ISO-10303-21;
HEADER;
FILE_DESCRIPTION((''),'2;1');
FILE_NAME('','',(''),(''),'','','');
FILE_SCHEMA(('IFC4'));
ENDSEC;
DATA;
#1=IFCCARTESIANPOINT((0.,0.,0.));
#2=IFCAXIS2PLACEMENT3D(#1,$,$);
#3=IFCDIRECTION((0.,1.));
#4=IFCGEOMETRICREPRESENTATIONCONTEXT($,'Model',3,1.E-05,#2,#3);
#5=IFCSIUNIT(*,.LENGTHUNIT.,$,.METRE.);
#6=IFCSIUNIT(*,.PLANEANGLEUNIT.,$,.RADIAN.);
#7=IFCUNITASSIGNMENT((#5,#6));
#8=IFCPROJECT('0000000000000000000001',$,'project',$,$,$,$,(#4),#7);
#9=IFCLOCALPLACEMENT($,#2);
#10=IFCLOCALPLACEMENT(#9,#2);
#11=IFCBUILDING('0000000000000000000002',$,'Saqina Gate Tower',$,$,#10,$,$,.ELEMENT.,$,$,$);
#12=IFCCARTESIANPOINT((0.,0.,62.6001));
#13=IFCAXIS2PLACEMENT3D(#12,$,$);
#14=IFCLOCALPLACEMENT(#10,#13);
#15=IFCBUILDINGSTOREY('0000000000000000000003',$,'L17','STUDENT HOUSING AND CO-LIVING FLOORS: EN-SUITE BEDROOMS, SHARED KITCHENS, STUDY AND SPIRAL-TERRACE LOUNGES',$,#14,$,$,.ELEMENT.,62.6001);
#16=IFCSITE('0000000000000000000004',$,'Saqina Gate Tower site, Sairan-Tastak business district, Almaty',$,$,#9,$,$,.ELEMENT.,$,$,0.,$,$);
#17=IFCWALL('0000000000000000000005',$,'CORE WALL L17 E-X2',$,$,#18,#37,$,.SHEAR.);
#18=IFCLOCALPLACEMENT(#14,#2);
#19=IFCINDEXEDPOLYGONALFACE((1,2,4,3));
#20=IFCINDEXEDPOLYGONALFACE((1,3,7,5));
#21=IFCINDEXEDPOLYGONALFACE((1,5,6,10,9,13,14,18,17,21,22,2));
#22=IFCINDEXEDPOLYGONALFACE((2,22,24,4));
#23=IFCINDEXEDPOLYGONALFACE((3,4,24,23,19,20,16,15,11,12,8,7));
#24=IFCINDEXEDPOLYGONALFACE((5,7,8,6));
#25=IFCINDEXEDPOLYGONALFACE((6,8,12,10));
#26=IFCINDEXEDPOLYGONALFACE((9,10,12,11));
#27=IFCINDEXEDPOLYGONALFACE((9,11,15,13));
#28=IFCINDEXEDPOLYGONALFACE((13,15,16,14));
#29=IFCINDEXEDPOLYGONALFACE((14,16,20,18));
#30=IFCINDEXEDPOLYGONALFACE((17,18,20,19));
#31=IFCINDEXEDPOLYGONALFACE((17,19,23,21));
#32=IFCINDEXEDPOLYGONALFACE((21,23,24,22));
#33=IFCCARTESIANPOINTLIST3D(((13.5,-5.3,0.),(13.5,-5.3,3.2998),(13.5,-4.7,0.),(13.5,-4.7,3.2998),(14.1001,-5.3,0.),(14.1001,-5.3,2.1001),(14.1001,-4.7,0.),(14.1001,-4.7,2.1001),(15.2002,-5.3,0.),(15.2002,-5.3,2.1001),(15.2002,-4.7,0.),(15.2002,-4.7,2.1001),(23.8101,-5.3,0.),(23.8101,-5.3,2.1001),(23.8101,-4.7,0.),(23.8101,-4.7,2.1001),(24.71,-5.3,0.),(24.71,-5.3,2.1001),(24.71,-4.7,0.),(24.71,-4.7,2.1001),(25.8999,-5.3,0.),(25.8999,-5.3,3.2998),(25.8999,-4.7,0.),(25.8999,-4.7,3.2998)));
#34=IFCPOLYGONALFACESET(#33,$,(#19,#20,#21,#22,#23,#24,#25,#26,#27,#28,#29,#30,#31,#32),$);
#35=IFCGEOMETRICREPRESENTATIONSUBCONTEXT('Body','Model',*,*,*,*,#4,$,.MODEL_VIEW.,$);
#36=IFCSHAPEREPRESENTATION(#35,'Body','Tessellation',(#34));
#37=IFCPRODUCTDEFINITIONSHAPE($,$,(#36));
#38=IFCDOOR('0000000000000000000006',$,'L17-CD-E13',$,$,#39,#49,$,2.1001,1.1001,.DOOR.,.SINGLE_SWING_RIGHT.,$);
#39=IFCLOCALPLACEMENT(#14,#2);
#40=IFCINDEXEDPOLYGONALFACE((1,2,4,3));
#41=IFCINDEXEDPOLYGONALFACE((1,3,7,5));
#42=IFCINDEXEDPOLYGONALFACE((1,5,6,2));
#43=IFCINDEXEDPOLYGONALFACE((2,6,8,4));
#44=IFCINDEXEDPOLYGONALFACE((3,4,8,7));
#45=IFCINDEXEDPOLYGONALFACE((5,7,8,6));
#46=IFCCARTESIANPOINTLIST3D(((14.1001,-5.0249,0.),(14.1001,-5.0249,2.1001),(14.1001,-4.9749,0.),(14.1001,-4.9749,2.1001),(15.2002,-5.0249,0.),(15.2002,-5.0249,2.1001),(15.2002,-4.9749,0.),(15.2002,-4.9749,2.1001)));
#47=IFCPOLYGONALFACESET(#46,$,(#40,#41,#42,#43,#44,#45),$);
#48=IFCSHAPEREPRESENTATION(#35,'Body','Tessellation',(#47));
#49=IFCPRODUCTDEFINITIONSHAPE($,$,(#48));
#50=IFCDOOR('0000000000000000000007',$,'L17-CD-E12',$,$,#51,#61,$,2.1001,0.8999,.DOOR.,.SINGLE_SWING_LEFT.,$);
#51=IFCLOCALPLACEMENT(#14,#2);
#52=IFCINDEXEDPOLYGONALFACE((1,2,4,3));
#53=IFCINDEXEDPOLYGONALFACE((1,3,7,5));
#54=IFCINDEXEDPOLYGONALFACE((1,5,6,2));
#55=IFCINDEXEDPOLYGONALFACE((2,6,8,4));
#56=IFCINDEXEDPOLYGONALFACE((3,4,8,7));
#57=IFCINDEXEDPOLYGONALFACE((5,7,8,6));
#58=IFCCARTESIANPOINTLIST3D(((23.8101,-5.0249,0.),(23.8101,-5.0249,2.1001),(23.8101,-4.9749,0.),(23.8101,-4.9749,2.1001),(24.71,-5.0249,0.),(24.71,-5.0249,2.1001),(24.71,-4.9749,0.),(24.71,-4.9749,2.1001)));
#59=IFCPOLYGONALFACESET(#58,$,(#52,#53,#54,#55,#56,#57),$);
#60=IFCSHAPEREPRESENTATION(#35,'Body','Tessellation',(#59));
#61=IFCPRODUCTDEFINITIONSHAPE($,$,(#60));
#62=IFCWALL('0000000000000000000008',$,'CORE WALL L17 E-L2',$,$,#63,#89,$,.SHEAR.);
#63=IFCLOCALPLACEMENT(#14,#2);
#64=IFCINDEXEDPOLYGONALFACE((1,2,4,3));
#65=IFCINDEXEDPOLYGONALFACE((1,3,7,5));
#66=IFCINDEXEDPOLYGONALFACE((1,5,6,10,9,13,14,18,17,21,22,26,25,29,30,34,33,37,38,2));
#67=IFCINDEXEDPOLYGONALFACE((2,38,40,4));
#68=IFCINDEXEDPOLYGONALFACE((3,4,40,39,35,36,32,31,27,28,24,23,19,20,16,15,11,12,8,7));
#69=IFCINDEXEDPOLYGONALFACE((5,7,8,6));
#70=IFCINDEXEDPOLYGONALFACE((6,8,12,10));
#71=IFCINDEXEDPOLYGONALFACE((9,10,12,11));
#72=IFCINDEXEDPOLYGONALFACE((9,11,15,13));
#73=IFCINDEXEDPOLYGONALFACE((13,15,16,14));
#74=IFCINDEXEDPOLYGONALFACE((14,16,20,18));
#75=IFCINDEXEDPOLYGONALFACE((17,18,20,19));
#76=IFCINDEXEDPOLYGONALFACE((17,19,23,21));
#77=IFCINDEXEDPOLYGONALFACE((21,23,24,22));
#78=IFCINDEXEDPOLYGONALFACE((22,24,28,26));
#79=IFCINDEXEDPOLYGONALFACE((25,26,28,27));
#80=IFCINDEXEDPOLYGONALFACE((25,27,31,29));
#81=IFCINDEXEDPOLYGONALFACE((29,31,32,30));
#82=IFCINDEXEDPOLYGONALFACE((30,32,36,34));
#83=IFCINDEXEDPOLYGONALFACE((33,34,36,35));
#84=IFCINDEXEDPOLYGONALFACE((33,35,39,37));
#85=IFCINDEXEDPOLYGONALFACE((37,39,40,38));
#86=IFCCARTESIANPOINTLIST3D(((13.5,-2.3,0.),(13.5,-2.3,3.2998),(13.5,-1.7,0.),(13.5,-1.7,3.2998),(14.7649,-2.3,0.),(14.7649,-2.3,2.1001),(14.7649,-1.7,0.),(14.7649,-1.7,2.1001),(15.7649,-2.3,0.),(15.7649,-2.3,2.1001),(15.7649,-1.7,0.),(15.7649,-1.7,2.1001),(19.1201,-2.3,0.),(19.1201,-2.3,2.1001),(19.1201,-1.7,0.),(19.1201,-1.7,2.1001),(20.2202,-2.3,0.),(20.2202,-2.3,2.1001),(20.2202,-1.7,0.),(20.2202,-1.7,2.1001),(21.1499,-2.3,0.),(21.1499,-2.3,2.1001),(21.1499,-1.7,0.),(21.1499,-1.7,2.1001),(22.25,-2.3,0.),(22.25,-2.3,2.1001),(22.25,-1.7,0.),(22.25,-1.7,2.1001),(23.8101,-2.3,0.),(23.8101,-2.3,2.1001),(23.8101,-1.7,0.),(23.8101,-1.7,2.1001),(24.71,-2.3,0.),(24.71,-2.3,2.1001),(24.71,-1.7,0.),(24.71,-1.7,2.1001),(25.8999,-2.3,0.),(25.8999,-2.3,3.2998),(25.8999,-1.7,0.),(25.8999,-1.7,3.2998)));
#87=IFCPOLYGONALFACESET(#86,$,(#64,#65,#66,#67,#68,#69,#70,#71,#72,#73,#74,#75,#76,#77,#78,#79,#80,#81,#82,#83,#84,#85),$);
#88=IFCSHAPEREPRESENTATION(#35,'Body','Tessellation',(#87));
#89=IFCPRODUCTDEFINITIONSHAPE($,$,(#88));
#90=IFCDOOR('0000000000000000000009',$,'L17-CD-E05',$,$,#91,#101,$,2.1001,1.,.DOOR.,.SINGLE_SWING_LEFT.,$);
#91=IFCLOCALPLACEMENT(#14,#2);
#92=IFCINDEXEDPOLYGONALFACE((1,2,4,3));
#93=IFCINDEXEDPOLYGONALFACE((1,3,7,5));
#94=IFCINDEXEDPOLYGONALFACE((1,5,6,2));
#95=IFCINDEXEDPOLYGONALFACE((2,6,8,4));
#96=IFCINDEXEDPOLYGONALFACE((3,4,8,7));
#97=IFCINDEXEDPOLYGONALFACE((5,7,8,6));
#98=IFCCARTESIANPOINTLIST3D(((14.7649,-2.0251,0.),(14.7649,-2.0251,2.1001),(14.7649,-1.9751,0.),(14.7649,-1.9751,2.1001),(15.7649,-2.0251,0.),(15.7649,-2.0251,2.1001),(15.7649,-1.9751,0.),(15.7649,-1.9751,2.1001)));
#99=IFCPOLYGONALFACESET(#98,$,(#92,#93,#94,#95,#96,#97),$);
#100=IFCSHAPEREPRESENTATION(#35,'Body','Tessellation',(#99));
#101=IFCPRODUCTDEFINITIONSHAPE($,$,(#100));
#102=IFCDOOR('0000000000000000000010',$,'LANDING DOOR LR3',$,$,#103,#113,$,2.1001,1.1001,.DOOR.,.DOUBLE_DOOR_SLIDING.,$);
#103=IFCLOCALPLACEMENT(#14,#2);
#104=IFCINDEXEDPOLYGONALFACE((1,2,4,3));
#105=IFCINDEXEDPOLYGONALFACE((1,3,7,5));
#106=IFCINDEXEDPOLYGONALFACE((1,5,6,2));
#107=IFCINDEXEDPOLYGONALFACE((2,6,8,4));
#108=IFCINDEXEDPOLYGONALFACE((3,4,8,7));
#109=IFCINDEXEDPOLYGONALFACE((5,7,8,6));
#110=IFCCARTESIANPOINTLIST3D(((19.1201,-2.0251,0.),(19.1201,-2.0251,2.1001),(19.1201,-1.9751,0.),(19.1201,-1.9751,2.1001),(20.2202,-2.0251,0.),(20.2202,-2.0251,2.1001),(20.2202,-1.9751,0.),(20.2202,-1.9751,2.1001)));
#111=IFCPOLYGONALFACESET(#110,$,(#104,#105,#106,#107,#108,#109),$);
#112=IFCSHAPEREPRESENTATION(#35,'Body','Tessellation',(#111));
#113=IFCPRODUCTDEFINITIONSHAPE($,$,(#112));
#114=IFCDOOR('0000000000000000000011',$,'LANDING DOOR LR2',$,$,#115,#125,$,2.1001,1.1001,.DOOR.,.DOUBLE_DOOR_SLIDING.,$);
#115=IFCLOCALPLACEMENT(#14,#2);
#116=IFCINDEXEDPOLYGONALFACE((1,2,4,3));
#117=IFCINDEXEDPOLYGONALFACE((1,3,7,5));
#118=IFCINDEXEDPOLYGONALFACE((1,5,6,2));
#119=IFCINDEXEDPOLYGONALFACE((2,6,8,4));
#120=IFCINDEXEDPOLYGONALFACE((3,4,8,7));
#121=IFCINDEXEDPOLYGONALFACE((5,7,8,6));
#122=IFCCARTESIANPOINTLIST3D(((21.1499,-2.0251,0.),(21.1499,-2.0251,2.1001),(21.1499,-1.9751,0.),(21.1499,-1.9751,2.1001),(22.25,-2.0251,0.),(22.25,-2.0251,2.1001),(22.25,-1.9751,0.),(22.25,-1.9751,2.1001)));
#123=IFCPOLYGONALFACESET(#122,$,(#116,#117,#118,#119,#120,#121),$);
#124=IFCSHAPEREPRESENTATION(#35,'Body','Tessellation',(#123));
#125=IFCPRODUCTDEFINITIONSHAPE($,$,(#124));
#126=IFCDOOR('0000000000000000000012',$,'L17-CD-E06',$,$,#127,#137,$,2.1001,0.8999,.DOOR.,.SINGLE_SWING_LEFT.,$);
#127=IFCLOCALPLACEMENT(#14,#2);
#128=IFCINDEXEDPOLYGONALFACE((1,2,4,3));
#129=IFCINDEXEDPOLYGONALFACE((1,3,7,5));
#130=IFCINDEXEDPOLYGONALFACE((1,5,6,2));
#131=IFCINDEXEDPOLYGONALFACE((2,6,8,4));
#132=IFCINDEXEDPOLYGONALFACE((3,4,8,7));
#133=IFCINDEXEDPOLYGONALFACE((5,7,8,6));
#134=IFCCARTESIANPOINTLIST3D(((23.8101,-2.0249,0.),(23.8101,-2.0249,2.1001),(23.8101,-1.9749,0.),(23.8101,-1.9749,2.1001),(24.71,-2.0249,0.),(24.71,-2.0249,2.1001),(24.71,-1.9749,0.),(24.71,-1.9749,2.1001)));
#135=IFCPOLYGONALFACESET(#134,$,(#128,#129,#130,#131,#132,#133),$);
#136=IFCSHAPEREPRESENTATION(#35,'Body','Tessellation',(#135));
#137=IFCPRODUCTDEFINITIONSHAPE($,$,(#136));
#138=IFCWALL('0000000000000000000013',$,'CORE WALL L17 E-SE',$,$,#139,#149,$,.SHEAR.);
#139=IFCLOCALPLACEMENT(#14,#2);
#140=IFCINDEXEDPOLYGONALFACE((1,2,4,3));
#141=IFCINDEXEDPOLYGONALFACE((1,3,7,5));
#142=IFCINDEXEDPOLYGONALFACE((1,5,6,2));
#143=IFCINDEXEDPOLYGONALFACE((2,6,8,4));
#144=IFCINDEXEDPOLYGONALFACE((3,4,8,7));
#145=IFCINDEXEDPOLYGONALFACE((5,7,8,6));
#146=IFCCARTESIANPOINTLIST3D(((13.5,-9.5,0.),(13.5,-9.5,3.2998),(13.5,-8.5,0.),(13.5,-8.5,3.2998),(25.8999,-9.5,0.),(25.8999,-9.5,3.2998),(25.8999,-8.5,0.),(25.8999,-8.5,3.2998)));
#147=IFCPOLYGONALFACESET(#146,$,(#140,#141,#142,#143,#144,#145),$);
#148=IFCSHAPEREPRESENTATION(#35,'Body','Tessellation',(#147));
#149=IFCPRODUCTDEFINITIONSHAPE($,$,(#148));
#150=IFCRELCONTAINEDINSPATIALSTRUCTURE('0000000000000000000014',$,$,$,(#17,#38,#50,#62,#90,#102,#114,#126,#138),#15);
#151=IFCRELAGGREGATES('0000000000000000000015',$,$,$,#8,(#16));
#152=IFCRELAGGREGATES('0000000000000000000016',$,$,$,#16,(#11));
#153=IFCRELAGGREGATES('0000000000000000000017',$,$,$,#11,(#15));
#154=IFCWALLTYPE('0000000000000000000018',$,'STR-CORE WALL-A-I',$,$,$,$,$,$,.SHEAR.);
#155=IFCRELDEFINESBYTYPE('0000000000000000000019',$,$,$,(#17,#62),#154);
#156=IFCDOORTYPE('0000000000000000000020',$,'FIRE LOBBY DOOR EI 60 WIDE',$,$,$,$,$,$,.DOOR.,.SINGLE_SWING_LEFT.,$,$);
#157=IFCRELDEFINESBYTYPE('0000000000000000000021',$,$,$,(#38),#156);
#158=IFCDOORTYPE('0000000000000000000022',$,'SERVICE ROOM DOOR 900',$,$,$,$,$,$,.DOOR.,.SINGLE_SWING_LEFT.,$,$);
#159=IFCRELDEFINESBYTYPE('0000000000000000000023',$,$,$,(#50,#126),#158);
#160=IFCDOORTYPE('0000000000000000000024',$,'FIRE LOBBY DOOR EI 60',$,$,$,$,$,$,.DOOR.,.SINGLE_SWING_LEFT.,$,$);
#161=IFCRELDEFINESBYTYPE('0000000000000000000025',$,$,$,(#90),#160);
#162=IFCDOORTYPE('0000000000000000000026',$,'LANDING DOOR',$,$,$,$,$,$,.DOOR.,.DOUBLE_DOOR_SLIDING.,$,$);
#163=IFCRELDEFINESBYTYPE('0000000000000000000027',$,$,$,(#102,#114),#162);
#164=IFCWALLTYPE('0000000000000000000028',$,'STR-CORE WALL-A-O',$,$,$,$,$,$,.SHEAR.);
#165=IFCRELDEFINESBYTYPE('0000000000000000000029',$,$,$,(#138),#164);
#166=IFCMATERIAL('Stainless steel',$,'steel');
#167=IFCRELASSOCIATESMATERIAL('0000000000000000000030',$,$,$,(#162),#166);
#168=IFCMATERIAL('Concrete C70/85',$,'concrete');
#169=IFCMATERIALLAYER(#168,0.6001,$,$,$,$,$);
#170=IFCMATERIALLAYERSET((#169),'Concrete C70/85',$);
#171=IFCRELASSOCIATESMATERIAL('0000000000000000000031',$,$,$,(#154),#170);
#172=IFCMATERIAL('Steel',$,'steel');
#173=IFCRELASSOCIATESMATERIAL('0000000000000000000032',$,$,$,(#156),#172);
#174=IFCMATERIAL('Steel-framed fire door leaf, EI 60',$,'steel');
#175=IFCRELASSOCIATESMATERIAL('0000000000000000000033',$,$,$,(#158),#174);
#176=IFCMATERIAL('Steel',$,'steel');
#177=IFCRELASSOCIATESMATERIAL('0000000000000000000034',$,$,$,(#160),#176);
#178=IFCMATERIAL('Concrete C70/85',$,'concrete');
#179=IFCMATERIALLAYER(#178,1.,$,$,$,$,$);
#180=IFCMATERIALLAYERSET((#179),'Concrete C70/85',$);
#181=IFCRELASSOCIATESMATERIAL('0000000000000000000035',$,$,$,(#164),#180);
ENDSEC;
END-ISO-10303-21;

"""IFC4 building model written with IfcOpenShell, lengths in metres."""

from ifc_helpers import new_model, si_unit, direction, frame, frame_2d, origin, place, context, subcontext, project, spatial, rectangle, extrude, material, layer, layer_set, type_object, element, fill, save


model = new_model("IFC4")

# Units and contexts
model_context = context("Model", 3, precision=1e-05, world=origin(), true_north=direction((0.0, 1.0)))
body_context = subcontext(model_context, "Body", "Model", "MODEL_VIEW")
ifc_project = project(units=[si_unit("LENGTHUNIT", "METRE"), si_unit("PLANEANGLEUNIT", "RADIAN")], contexts=[model_context])

# Site, building, storey
site_placement = place(None, origin())
site = spatial("IfcSite", under=ifc_project, at=site_placement, Name="Saqina Gate Tower site, Sairan-Tastak business district, Almaty", CompositionType="ELEMENT", RefElevation=0.0)
building_placement = place(site_placement, origin())
building = spatial("IfcBuilding", under=site, at=building_placement, Name="Saqina Gate Tower", CompositionType="ELEMENT")
storey_placement = place(building_placement, frame((0.0, 0.0, 62.6001)))
storey = spatial("IfcBuildingStorey", under=building, at=storey_placement, Name="L17", Description="STUDENT HOUSING AND CO-LIVING FLOORS: EN-SUITE BEDROOMS, SHARED KITCHENS, STUDY AND SPIRAL-TERRACE LOUNGES", CompositionType="ELEMENT", Elevation=62.6001)

# Shared definitions
ifc_material_1 = material(Name="Stainless steel", Category="steel")
door_type_1 = type_object("IfcDoorType", Name="LANDING DOOR", OperationType="DOUBLE_DOOR_SLIDING", PredefinedType="DOOR", material=ifc_material_1)

# Walls, openings, doors
ifc_material_2 = material(Name="Concrete C70/85", Category="concrete")
ifc_layer_1 = layer(ifc_material_2, 0.6001)
ifc_layer_set_1 = layer_set([ifc_layer_1], Name="Concrete C70/85")
wall_type_1 = type_object("IfcWallType", Name="STR-CORE WALL-A-I", PredefinedType="SHEAR", material=ifc_layer_set_1)
wall_1_placement = place(storey_placement, frame((13.5, -5.0, 0.0), z_axis=(0.0, 0.0, 1.0), x_axis=(1.0, 0.0, 0.0)))
wall_1 = element("IfcWall", 1, at=wall_1_placement, inside=storey, type_object=wall_type_1, Name="CORE WALL L17 E-X2", PredefinedType="SHEAR", context=body_context, shape_type="SweptSolid", body=[
    extrude(rectangle(XDim=12.3999, YDim=0.6001, at=frame_2d((6.2, 0.0))), origin(), (0.0, 0.0, 1.0), 3.2998),
])
opening_1_placement = place(wall_1_placement, frame((10.3101, 0.0, 0.0)))
opening_1 = element("IfcOpeningElement", 2, at=opening_1_placement, cuts=wall_1, PredefinedType="OPENING", context=body_context, shape_type="SweptSolid", body=[
    extrude(rectangle(XDim=0.8999, YDim=2.1001, at=frame_2d((0.45, 1.05))), frame((0.0, 0.312, 0.0), z_axis=(0.0, -1.0, 0.0), x_axis=(1.0, 0.0, 0.0)), (0.0, 0.0, 1.0), 0.624),
])
opening_2_placement = place(wall_1_placement, frame((0.6001, 0.0, 0.0)))
opening_2 = element("IfcOpeningElement", 3, at=opening_2_placement, cuts=wall_1, PredefinedType="OPENING", context=body_context, shape_type="SweptSolid", body=[
    extrude(rectangle(XDim=1.1001, YDim=2.1001, at=frame_2d((0.55, 1.05))), frame((0.0, 0.312, 0.0), z_axis=(0.0, -1.0, 0.0), x_axis=(1.0, 0.0, 0.0)), (0.0, 0.0, 1.0), 0.624),
])
ifc_material_3 = material(Name="Steel", Category="steel")
door_type_2 = type_object("IfcDoorType", Name="FIRE LOBBY DOOR EI 60 WIDE", OperationType="SINGLE_SWING_LEFT", PredefinedType="DOOR", material=ifc_material_3)
door_1_placement = place(opening_2_placement, frame((1.1001, 0.0, 0.0), z_axis=(0.0, 0.0, 1.0), x_axis=(-1.0, 0.0, 0.0)))
door_1 = element("IfcDoor", 4, at=door_1_placement, inside=storey, type_object=door_type_2, Name="L17-CD-E13", OperationType="SINGLE_SWING_RIGHT", OverallHeight=2.1001, OverallWidth=1.1001, PredefinedType="DOOR", context=body_context, shape_type="SweptSolid", body=[
    extrude(rectangle(XDim=1.1001, YDim=2.1001, at=frame_2d((0.55, 1.05))), frame((0.0, 0.0249, 0.0), z_axis=(0.0, -1.0, 0.0), x_axis=(1.0, 0.0, 0.0)), (0.0, 0.0, 1.0), 0.05),
])
fill(opening_2, door_1)
ifc_material_4 = material(Name="Steel-framed fire door leaf, EI 60", Category="steel")
door_type_3 = type_object("IfcDoorType", Name="SERVICE ROOM DOOR 900", OperationType="SINGLE_SWING_LEFT", PredefinedType="DOOR", material=ifc_material_4)
door_2_placement = place(opening_1_placement, frame((0.8999, 0.0, 0.0), z_axis=(0.0, 0.0, 1.0), x_axis=(-1.0, 0.0, 0.0)))
door_2 = element("IfcDoor", 5, at=door_2_placement, inside=storey, type_object=door_type_3, Name="L17-CD-E12", OperationType="SINGLE_SWING_LEFT", OverallHeight=2.1001, OverallWidth=0.8999, PredefinedType="DOOR", context=body_context, shape_type="SweptSolid", body=[
    extrude(rectangle(XDim=0.8999, YDim=2.1001, at=frame_2d((0.45, 1.05))), frame((0.0, 0.0249, 0.0), z_axis=(0.0, -1.0, 0.0), x_axis=(1.0, 0.0, 0.0)), (0.0, 0.0, 1.0), 0.05),
])
fill(opening_1, door_2)
wall_2_placement = place(storey_placement, frame((13.5, -2.0, 0.0), z_axis=(0.0, 0.0, 1.0), x_axis=(1.0, 0.0, 0.0)))
wall_2 = element("IfcWall", 6, at=wall_2_placement, inside=storey, type_object=wall_type_1, Name="CORE WALL L17 E-L2", PredefinedType="SHEAR", context=body_context, shape_type="SweptSolid", body=[
    extrude(rectangle(XDim=12.3999, YDim=0.6001, at=frame_2d((6.2, 0.0))), origin(), (0.0, 0.0, 1.0), 3.2998),
])
opening_3_placement = place(wall_2_placement, frame((5.6201, 0.0, 0.0)))
opening_3 = element("IfcOpeningElement", 7, at=opening_3_placement, cuts=wall_2, PredefinedType="OPENING", context=body_context, shape_type="SweptSolid", body=[
    extrude(rectangle(XDim=1.1001, YDim=2.1001, at=frame_2d((0.55, 1.05))), frame((0.0, 0.312, 0.0), z_axis=(0.0, -1.0, 0.0), x_axis=(1.0, 0.0, 0.0)), (0.0, 0.0, 1.0), 0.624),
])
opening_4_placement = place(wall_2_placement, frame((7.6499, 0.0, 0.0)))
opening_4 = element("IfcOpeningElement", 8, at=opening_4_placement, cuts=wall_2, PredefinedType="OPENING", context=body_context, shape_type="SweptSolid", body=[
    extrude(rectangle(XDim=1.1001, YDim=2.1001, at=frame_2d((0.55, 1.05))), frame((0.0, 0.312, 0.0), z_axis=(0.0, -1.0, 0.0), x_axis=(1.0, 0.0, 0.0)), (0.0, 0.0, 1.0), 0.624),
])
opening_5_placement = place(wall_2_placement, frame((1.2649, 0.0, 0.0)))
opening_5 = element("IfcOpeningElement", 9, at=opening_5_placement, cuts=wall_2, PredefinedType="OPENING", context=body_context, shape_type="SweptSolid", body=[
    extrude(rectangle(XDim=1.0, YDim=2.1001, at=frame_2d((0.5, 1.05))), frame((0.0, 0.312, 0.0), z_axis=(0.0, -1.0, 0.0), x_axis=(1.0, 0.0, 0.0)), (0.0, 0.0, 1.0), 0.624),
])
opening_6_placement = place(wall_2_placement, frame((10.3101, 0.0, 0.0)))
opening_6 = element("IfcOpeningElement", 10, at=opening_6_placement, cuts=wall_2, PredefinedType="OPENING", context=body_context, shape_type="SweptSolid", body=[
    extrude(rectangle(XDim=0.8999, YDim=2.1001, at=frame_2d((0.45, 1.05))), frame((0.0, 0.312, 0.0), z_axis=(0.0, -1.0, 0.0), x_axis=(1.0, 0.0, 0.0)), (0.0, 0.0, 1.0), 0.624),
])
ifc_material_5 = material(Name="Steel", Category="steel")
door_type_4 = type_object("IfcDoorType", Name="FIRE LOBBY DOOR EI 60", OperationType="SINGLE_SWING_LEFT", PredefinedType="DOOR", material=ifc_material_5)
door_3_placement = place(opening_5_placement, origin())
door_3 = element("IfcDoor", 11, at=door_3_placement, inside=storey, type_object=door_type_4, Name="L17-CD-E05", OperationType="SINGLE_SWING_LEFT", OverallHeight=2.1001, OverallWidth=1.0, PredefinedType="DOOR", context=body_context, shape_type="SweptSolid", body=[
    extrude(rectangle(XDim=1.0, YDim=2.1001, at=frame_2d((0.5, 1.05))), frame((0.0, 0.0249, 0.0), z_axis=(0.0, -1.0, 0.0), x_axis=(1.0, 0.0, 0.0)), (0.0, 0.0, 1.0), 0.05),
])
fill(opening_5, door_3)
door_4_placement = place(opening_3_placement, origin())
door_4 = element("IfcDoor", 12, at=door_4_placement, inside=storey, type_object=door_type_1, Name="LANDING DOOR LR3", OperationType="DOUBLE_DOOR_SLIDING", OverallHeight=2.1001, OverallWidth=1.1001, PredefinedType="DOOR", context=body_context, shape_type="SweptSolid", body=[
    extrude(rectangle(XDim=1.1001, YDim=2.1001, at=frame_2d((0.55, 1.05))), frame((0.0, 0.0249, 0.0), z_axis=(0.0, -1.0, 0.0), x_axis=(1.0, 0.0, 0.0)), (0.0, 0.0, 1.0), 0.05),
])
fill(opening_3, door_4)
door_5_placement = place(opening_4_placement, origin())
door_5 = element("IfcDoor", 13, at=door_5_placement, inside=storey, type_object=door_type_1, Name="LANDING DOOR LR2", OperationType="DOUBLE_DOOR_SLIDING", OverallHeight=2.1001, OverallWidth=1.1001, PredefinedType="DOOR", context=body_context, shape_type="SweptSolid", body=[
    extrude(rectangle(XDim=1.1001, YDim=2.1001, at=frame_2d((0.55, 1.05))), frame((0.0, 0.0249, 0.0), z_axis=(0.0, -1.0, 0.0), x_axis=(1.0, 0.0, 0.0)), (0.0, 0.0, 1.0), 0.05),
])
fill(opening_4, door_5)
door_6_placement = place(opening_6_placement, frame((0.8999, 0.0, 0.0), z_axis=(0.0, 0.0, 1.0), x_axis=(-1.0, 0.0, 0.0)))
door_6 = element("IfcDoor", 14, at=door_6_placement, inside=storey, type_object=door_type_3, Name="L17-CD-E06", OperationType="SINGLE_SWING_LEFT", OverallHeight=2.1001, OverallWidth=0.8999, PredefinedType="DOOR", context=body_context, shape_type="SweptSolid", body=[
    extrude(rectangle(XDim=0.8999, YDim=2.1001, at=frame_2d((0.45, 1.05))), frame((0.0, 0.0249, 0.0), z_axis=(0.0, -1.0, 0.0), x_axis=(1.0, 0.0, 0.0)), (0.0, 0.0, 1.0), 0.05),
])
fill(opening_6, door_6)
ifc_material_6 = material(Name="Concrete C70/85", Category="concrete")
ifc_layer_2 = layer(ifc_material_6, 1.0)
ifc_layer_set_2 = layer_set([ifc_layer_2], Name="Concrete C70/85")
wall_type_2 = type_object("IfcWallType", Name="STR-CORE WALL-A-O", PredefinedType="SHEAR", material=ifc_layer_set_2)

# Wall
wall_3_placement = place(storey_placement, frame((13.5, -9.0, 0.0), z_axis=(0.0, 0.0, 1.0), x_axis=(1.0, 0.0, 0.0)))
element("IfcWall", 15, at=wall_3_placement, inside=storey, type_object=wall_type_2, Name="CORE WALL L17 E-SE", PredefinedType="SHEAR", context=body_context, shape_type="SweptSolid", body=[
    extrude(rectangle(XDim=12.3999, YDim=1.0, at=frame_2d((6.2, 0.0))), origin(), (0.0, 0.0, 1.0), 3.2998),
])

save(model, "model.ifc")
